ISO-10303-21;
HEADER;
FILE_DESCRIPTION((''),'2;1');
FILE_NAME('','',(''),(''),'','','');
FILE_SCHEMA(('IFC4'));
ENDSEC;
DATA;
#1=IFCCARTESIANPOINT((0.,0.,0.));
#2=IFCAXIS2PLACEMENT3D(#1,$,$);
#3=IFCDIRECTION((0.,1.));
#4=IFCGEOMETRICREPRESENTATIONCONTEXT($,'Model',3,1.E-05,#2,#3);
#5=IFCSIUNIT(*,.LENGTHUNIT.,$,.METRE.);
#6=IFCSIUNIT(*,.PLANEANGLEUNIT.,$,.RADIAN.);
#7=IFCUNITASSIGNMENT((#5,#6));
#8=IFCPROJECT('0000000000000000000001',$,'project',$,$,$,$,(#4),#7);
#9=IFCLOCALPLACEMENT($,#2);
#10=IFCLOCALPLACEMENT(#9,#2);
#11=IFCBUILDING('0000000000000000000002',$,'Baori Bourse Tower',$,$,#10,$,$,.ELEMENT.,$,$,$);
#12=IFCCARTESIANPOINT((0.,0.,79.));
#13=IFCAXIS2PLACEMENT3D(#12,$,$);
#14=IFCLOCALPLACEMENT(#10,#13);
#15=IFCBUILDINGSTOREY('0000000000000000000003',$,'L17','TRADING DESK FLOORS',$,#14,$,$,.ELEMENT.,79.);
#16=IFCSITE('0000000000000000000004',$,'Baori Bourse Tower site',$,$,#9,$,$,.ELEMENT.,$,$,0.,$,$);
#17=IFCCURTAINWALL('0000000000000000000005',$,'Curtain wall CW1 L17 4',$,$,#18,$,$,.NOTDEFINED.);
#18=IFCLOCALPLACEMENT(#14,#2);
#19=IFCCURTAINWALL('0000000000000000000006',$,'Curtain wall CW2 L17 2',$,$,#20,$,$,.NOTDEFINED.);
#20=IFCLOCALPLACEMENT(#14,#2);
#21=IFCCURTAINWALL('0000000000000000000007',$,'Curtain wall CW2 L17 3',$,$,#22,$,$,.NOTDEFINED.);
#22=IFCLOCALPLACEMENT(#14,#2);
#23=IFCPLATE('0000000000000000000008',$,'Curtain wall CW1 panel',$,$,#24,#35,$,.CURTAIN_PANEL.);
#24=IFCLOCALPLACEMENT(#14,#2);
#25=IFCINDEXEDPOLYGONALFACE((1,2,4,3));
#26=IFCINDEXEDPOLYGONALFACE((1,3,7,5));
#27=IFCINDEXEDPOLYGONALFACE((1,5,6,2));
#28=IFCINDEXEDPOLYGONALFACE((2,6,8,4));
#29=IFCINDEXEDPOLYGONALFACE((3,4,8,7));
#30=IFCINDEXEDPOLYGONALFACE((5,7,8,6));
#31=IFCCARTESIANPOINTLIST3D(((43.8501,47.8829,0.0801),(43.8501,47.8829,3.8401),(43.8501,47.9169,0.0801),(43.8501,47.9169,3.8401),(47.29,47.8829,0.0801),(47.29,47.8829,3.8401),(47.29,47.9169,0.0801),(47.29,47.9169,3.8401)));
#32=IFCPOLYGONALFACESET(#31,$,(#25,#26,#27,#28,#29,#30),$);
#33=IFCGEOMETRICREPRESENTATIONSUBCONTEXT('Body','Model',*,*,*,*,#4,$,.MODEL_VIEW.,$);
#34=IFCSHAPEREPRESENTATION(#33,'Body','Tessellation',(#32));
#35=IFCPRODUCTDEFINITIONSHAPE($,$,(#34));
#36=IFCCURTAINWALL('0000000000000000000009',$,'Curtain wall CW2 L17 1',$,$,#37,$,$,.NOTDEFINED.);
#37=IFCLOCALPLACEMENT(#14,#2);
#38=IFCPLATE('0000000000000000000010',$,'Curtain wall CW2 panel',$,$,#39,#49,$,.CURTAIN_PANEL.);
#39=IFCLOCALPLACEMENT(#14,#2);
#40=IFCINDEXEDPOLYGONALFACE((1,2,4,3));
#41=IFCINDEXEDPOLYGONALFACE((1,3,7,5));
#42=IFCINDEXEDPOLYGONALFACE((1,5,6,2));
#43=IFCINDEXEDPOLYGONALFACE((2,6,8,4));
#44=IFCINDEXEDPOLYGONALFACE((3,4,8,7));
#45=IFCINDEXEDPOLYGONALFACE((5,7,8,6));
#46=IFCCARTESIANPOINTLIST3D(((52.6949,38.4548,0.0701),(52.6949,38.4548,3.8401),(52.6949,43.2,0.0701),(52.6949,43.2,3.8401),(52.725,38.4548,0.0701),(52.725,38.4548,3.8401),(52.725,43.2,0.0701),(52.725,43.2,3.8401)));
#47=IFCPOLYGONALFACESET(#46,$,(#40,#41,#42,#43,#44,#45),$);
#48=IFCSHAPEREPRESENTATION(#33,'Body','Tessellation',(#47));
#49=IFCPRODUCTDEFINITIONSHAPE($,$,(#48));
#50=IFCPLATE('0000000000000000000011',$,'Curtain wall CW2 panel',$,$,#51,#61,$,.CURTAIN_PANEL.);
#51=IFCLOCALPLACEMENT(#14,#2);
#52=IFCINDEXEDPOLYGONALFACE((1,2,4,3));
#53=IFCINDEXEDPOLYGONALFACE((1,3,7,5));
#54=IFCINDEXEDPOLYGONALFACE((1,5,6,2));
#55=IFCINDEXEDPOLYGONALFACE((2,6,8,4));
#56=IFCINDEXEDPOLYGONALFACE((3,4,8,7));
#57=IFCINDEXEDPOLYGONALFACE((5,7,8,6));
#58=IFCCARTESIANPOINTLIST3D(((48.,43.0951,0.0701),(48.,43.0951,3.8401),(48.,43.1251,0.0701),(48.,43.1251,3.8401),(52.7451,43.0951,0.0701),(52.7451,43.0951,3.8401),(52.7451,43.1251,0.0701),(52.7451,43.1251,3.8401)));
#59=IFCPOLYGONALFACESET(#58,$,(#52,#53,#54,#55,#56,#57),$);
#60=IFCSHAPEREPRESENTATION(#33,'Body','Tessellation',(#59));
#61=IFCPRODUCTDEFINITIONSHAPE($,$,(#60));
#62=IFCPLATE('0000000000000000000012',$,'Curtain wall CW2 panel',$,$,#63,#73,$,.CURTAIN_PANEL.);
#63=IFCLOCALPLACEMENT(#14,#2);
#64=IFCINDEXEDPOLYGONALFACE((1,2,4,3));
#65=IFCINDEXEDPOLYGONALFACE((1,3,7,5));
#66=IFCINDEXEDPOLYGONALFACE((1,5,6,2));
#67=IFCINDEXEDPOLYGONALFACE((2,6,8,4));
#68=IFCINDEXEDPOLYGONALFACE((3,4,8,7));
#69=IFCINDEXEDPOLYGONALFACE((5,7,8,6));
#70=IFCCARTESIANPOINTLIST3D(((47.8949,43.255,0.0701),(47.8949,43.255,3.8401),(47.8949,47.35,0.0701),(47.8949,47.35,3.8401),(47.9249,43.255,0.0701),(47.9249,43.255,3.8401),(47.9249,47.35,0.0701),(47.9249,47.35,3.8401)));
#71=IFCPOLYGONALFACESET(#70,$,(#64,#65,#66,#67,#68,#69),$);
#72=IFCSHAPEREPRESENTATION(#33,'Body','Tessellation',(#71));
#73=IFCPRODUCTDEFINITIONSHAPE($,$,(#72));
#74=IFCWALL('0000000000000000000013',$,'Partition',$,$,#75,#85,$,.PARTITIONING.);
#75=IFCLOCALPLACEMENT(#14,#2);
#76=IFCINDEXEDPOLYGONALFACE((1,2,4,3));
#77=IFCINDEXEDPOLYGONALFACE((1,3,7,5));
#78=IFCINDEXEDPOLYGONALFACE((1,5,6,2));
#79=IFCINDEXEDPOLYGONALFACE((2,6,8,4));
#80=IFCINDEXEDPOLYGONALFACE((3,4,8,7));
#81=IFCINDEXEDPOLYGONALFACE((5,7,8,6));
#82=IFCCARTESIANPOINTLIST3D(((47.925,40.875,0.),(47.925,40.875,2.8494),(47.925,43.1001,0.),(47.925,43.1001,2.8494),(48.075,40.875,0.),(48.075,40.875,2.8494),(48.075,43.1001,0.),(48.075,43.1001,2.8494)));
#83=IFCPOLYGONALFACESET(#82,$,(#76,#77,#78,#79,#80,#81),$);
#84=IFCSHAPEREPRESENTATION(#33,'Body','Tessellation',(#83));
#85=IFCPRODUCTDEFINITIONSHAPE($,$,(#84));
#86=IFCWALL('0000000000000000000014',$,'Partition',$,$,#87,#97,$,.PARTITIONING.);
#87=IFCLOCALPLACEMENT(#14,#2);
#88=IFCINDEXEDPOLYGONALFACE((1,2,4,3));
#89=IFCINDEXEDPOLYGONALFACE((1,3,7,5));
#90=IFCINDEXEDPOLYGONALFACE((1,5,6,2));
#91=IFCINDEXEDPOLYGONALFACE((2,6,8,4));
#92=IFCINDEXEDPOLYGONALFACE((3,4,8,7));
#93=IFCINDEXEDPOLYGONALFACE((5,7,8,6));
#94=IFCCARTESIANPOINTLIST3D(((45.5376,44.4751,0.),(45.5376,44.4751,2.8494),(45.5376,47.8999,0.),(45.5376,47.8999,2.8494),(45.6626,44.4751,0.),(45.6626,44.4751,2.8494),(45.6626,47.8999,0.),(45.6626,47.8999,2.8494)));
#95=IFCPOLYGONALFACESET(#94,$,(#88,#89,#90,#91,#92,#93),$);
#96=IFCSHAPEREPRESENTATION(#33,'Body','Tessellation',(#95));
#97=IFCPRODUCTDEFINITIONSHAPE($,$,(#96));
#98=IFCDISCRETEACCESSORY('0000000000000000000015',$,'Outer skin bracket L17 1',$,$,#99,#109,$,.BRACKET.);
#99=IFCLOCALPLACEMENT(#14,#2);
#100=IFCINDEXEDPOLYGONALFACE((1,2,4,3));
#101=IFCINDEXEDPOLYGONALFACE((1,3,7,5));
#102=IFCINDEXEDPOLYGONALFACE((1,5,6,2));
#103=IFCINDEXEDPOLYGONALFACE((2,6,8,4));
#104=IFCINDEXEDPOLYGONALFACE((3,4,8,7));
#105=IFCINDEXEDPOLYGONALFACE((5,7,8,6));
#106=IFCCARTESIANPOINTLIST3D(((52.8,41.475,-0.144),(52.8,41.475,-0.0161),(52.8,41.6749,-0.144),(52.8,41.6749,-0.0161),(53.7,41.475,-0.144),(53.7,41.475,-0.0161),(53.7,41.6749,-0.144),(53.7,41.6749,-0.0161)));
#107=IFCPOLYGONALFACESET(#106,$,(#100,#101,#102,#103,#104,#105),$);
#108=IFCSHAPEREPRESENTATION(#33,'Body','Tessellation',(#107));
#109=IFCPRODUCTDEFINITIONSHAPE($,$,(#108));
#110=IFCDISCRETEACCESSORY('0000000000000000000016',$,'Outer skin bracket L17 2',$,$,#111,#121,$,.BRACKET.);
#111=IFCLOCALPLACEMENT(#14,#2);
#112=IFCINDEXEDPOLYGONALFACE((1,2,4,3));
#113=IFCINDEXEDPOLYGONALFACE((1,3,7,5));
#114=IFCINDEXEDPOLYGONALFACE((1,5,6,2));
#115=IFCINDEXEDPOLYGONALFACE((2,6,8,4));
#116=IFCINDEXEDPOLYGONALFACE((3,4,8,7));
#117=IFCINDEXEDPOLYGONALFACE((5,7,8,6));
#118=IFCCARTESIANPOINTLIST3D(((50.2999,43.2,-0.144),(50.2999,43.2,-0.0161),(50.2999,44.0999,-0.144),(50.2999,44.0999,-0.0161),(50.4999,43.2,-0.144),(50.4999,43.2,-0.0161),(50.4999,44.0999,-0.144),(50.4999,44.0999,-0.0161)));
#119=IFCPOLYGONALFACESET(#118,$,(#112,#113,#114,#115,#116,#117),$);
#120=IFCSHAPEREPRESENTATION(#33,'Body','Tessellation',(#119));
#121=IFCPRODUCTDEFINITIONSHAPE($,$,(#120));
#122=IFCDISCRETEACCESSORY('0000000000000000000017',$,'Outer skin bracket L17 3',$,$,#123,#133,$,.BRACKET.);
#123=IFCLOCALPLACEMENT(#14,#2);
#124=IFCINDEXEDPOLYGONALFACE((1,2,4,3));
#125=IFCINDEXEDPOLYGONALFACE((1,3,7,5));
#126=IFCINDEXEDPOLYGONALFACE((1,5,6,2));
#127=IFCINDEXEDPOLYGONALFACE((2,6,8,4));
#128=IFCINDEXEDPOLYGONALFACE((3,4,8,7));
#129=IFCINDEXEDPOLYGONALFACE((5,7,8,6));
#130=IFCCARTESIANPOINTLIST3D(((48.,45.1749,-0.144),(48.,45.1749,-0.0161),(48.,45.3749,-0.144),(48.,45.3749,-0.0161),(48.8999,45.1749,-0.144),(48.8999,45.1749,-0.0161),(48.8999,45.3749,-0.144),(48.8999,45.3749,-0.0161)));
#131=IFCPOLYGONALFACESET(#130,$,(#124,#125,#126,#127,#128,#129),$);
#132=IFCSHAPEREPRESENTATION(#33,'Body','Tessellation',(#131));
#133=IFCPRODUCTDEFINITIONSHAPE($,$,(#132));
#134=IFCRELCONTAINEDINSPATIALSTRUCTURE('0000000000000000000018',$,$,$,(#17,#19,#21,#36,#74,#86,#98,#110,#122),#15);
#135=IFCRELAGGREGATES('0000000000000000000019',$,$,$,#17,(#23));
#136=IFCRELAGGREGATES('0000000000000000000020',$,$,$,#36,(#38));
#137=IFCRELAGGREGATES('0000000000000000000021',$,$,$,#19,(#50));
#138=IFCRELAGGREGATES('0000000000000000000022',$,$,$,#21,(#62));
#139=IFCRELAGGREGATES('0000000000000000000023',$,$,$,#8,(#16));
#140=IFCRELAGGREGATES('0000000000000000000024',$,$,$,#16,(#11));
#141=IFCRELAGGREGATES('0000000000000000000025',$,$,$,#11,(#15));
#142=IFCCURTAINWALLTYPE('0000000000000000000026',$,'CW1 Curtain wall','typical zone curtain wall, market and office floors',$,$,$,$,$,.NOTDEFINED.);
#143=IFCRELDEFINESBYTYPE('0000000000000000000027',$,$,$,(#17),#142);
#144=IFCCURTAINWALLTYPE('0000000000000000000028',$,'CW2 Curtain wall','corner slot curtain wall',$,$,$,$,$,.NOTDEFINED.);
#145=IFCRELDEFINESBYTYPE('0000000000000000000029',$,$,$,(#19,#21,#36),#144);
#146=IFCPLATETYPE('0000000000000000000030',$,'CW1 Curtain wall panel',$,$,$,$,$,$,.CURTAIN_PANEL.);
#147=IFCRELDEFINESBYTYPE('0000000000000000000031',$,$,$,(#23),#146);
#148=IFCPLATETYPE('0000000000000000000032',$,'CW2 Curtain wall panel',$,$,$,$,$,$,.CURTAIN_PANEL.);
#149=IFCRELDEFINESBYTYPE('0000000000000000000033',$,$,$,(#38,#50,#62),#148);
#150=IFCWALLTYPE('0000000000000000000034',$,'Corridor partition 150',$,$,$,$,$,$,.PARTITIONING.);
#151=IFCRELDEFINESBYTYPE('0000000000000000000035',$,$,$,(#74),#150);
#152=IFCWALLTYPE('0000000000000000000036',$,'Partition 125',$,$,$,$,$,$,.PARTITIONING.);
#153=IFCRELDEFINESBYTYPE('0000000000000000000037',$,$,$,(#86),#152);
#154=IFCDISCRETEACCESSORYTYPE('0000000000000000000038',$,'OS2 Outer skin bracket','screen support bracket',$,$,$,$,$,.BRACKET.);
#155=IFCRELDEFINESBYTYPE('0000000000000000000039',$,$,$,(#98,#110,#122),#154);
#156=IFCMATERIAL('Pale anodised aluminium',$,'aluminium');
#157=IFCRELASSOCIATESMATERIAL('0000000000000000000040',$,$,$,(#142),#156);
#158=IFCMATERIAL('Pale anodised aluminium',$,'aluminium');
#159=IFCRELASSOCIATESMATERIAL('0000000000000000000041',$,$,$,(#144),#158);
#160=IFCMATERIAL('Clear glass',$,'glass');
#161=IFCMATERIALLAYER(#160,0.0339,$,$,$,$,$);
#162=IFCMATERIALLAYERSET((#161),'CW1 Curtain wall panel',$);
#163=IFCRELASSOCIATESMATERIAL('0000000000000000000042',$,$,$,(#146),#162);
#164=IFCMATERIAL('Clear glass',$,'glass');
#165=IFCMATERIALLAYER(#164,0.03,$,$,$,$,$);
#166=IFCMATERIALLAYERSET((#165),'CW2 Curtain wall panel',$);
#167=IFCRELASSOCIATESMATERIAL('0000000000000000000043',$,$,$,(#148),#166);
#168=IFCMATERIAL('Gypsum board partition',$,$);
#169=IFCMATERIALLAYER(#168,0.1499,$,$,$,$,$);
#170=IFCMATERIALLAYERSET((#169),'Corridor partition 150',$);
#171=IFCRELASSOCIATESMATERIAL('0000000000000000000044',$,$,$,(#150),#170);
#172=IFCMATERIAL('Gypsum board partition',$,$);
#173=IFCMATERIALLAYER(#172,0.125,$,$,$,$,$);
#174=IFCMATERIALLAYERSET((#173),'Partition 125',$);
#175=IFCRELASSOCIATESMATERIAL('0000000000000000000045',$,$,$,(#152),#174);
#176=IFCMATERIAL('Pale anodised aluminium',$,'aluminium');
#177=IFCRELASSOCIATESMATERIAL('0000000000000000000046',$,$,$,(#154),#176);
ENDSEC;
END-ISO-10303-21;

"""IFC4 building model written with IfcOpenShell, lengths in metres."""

from ifc_helpers import new_model, si_unit, direction, frame, frame_2d, origin, origin_2d, place, context, subcontext, project, spatial, rectangle, extrude, material, layer, layer_set, type_object, element, aggregate, save


model = new_model("IFC4")

# Units and contexts
model_context = context("Model", 3, precision=1e-05, world=origin(), true_north=direction((0.0, 1.0)))
body_context = subcontext(model_context, "Body", "Model", "MODEL_VIEW")
ifc_project = project(units=[si_unit("LENGTHUNIT", "METRE"), si_unit("PLANEANGLEUNIT", "RADIAN")], contexts=[model_context])

# Site, building, storey
site_placement = place(None, origin())
site = spatial("IfcSite", under=ifc_project, at=site_placement, Name="Baori Bourse Tower site", CompositionType="ELEMENT", RefElevation=0.0)
building_placement = place(site_placement, origin())
building = spatial("IfcBuilding", under=site, at=building_placement, Name="Baori Bourse Tower", CompositionType="ELEMENT")
storey_placement = place(building_placement, frame((0.0, 0.0, 79.0)))
storey = spatial("IfcBuildingStorey", under=building, at=storey_placement, Name="L17", Description="TRADING DESK FLOORS", CompositionType="ELEMENT", Elevation=79.0)

# Curtain wall
ifc_material_1 = material(Name="Pale anodised aluminium", Category="aluminium")
curtain_wall_type_1 = type_object("IfcCurtainWallType", Name="CW1 Curtain wall", Description="typical zone curtain wall, market and office floors", PredefinedType="NOTDEFINED", material=ifc_material_1)
curtain_wall_1_placement = place(storey_placement, origin())
curtain_wall_1 = element("IfcCurtainWall", 1, at=curtain_wall_1_placement, inside=storey, type_object=curtain_wall_type_1, Name="Curtain wall CW1 L17 4", PredefinedType="NOTDEFINED")

# Curtain walls
ifc_material_2 = material(Name="Pale anodised aluminium", Category="aluminium")
curtain_wall_type_2 = type_object("IfcCurtainWallType", Name="CW2 Curtain wall", Description="corner slot curtain wall", PredefinedType="NOTDEFINED", material=ifc_material_2)
curtain_wall_2_placement = place(storey_placement, origin())
curtain_wall_2 = element("IfcCurtainWall", 2, at=curtain_wall_2_placement, inside=storey, type_object=curtain_wall_type_2, Name="Curtain wall CW2 L17 2", PredefinedType="NOTDEFINED")
curtain_wall_3_placement = place(storey_placement, origin())
curtain_wall_3 = element("IfcCurtainWall", 3, at=curtain_wall_3_placement, inside=storey, type_object=curtain_wall_type_2, Name="Curtain wall CW2 L17 3", PredefinedType="NOTDEFINED")

# Plate
ifc_material_3 = material(Name="Clear glass", Category="glass")
ifc_layer_1 = layer(ifc_material_3, 0.0339)
ifc_layer_set_1 = layer_set([ifc_layer_1], Name="CW1 Curtain wall panel")
plate_type_1 = type_object("IfcPlateType", Name="CW1 Curtain wall panel", PredefinedType="CURTAIN_PANEL", material=ifc_layer_set_1)
plate_1_placement = place(storey_placement, frame((45.5701, 47.8999, 0.0801), z_axis=(0.0, 0.0, 1.0), x_axis=(-1.0, 0.0, 0.0)))
plate_1 = element("IfcPlate", 4, at=plate_1_placement, type_object=plate_type_1, Name="Curtain wall CW1 panel", PredefinedType="CURTAIN_PANEL", context=body_context, shape_type="SweptSolid", body=[
    extrude(rectangle(XDim=3.4399, YDim=0.0339, at=origin_2d()), origin(), (0.0, 0.0, 1.0), 3.76),
])
aggregate(curtain_wall_1, [plate_1])

# Curtain wall, plate
curtain_wall_4_placement = place(storey_placement, origin())
curtain_wall_4 = element("IfcCurtainWall", 5, at=curtain_wall_4_placement, inside=storey, type_object=curtain_wall_type_2, Name="Curtain wall CW2 L17 1", PredefinedType="NOTDEFINED")
ifc_material_4 = material(Name="Clear glass", Category="glass")
ifc_layer_2 = layer(ifc_material_4, 0.03)
ifc_layer_set_2 = layer_set([ifc_layer_2], Name="CW2 Curtain wall panel")
plate_type_2 = type_object("IfcPlateType", Name="CW2 Curtain wall panel", PredefinedType="CURTAIN_PANEL", material=ifc_layer_set_2)
plate_2_placement = place(storey_placement, frame((52.71, 40.8274, 0.0701), z_axis=(0.0, 0.0, 1.0), x_axis=(0.0, 1.0, 0.0)))
plate_2 = element("IfcPlate", 6, at=plate_2_placement, type_object=plate_type_2, Name="Curtain wall CW2 panel", PredefinedType="CURTAIN_PANEL", context=body_context, shape_type="SweptSolid", body=[
    extrude(rectangle(XDim=4.7451, YDim=0.03, at=origin_2d()), origin(), (0.0, 0.0, 1.0), 3.77),
])
aggregate(curtain_wall_4, [plate_2])

# Plates
plate_3_placement = place(storey_placement, frame((50.3726, 43.1101, 0.0701), z_axis=(0.0, 0.0, 1.0), x_axis=(-1.0, 0.0, 0.0)))
plate_3 = element("IfcPlate", 7, at=plate_3_placement, type_object=plate_type_2, Name="Curtain wall CW2 panel", PredefinedType="CURTAIN_PANEL", context=body_context, shape_type="SweptSolid", body=[
    extrude(rectangle(XDim=4.7451, YDim=0.03, at=origin_2d()), origin(), (0.0, 0.0, 1.0), 3.77),
])
aggregate(curtain_wall_2, [plate_3])
plate_4_placement = place(storey_placement, frame((47.9099, 45.3025, 0.0701), z_axis=(0.0, 0.0, 1.0), x_axis=(0.0, 1.0, 0.0)))
plate_4 = element("IfcPlate", 8, at=plate_4_placement, type_object=plate_type_2, Name="Curtain wall CW2 panel", PredefinedType="CURTAIN_PANEL", context=body_context, shape_type="SweptSolid", body=[
    extrude(rectangle(XDim=4.095, YDim=0.03, at=origin_2d()), origin(), (0.0, 0.0, 1.0), 3.77),
])
aggregate(curtain_wall_3, [plate_4])

# Walls
ifc_material_5 = material(Name="Gypsum board partition")
ifc_layer_3 = layer(ifc_material_5, 0.1499)
ifc_layer_set_3 = layer_set([ifc_layer_3], Name="Corridor partition 150")
wall_type_1 = type_object("IfcWallType", Name="Corridor partition 150", PredefinedType="PARTITIONING", material=ifc_layer_set_3)
wall_1_placement = place(storey_placement, frame((48.0, 40.875, 0.0), z_axis=(0.0, 0.0, 1.0), x_axis=(0.0, 1.0, 0.0)))
element("IfcWall", 9, at=wall_1_placement, inside=storey, type_object=wall_type_1, Name="Partition", PredefinedType="PARTITIONING", context=body_context, shape_type="SweptSolid", body=[
    extrude(rectangle(XDim=2.2251, YDim=0.1499, at=frame_2d((1.1125, 0.0))), origin(), (0.0, 0.0, 1.0), 2.8494),
])
ifc_material_6 = material(Name="Gypsum board partition")
ifc_layer_4 = layer(ifc_material_6, 0.125)
ifc_layer_set_4 = layer_set([ifc_layer_4], Name="Partition 125")
wall_type_2 = type_object("IfcWallType", Name="Partition 125", PredefinedType="PARTITIONING", material=ifc_layer_set_4)
wall_2_placement = place(storey_placement, frame((45.6001, 44.4751, 0.0), z_axis=(0.0, 0.0, 1.0), x_axis=(0.0, 1.0, 0.0)))
element("IfcWall", 10, at=wall_2_placement, inside=storey, type_object=wall_type_2, Name="Partition", PredefinedType="PARTITIONING", context=body_context, shape_type="SweptSolid", body=[
    extrude(rectangle(XDim=3.4248, YDim=0.125, at=frame_2d((1.7124, 0.0))), origin(), (0.0, 0.0, 1.0), 2.8494),
])

# Discrete accessories
ifc_material_7 = material(Name="Pale anodised aluminium", Category="aluminium")
discrete_accessory_type = type_object("IfcDiscreteAccessoryType", Name="OS2 Outer skin bracket", Description="screen support bracket", PredefinedType="BRACKET", material=ifc_material_7)
for number, where, z_axis, x_axis, name in (
    (11, (53.25, 41.575, -0.144), (0.0, 0.0, 1.0), (0.0, 1.0, 0.0), "Outer skin bracket L17 1"),
    (12, (50.3999, 43.6499, -0.144), (0.0, 0.0, 1.0), (-1.0, 0.0, 0.0), "Outer skin bracket L17 2"),
    (13, (48.45, 45.2749, -0.144), (0.0, 0.0, 1.0), (0.0, 1.0, 0.0), "Outer skin bracket L17 3"),
):
    element("IfcDiscreteAccessory", number, at=place(storey_placement, frame(where, z_axis=z_axis, x_axis=x_axis)), inside=storey, type_object=discrete_accessory_type, Name=name, PredefinedType="BRACKET", context=body_context, shape_type="SweptSolid", body=[
        extrude(rectangle(XDim=0.2, YDim=0.8999, at=origin_2d()), origin(), (0.0, 0.0, 1.0), 0.1279),
    ])

save(model, "model.ifc")
